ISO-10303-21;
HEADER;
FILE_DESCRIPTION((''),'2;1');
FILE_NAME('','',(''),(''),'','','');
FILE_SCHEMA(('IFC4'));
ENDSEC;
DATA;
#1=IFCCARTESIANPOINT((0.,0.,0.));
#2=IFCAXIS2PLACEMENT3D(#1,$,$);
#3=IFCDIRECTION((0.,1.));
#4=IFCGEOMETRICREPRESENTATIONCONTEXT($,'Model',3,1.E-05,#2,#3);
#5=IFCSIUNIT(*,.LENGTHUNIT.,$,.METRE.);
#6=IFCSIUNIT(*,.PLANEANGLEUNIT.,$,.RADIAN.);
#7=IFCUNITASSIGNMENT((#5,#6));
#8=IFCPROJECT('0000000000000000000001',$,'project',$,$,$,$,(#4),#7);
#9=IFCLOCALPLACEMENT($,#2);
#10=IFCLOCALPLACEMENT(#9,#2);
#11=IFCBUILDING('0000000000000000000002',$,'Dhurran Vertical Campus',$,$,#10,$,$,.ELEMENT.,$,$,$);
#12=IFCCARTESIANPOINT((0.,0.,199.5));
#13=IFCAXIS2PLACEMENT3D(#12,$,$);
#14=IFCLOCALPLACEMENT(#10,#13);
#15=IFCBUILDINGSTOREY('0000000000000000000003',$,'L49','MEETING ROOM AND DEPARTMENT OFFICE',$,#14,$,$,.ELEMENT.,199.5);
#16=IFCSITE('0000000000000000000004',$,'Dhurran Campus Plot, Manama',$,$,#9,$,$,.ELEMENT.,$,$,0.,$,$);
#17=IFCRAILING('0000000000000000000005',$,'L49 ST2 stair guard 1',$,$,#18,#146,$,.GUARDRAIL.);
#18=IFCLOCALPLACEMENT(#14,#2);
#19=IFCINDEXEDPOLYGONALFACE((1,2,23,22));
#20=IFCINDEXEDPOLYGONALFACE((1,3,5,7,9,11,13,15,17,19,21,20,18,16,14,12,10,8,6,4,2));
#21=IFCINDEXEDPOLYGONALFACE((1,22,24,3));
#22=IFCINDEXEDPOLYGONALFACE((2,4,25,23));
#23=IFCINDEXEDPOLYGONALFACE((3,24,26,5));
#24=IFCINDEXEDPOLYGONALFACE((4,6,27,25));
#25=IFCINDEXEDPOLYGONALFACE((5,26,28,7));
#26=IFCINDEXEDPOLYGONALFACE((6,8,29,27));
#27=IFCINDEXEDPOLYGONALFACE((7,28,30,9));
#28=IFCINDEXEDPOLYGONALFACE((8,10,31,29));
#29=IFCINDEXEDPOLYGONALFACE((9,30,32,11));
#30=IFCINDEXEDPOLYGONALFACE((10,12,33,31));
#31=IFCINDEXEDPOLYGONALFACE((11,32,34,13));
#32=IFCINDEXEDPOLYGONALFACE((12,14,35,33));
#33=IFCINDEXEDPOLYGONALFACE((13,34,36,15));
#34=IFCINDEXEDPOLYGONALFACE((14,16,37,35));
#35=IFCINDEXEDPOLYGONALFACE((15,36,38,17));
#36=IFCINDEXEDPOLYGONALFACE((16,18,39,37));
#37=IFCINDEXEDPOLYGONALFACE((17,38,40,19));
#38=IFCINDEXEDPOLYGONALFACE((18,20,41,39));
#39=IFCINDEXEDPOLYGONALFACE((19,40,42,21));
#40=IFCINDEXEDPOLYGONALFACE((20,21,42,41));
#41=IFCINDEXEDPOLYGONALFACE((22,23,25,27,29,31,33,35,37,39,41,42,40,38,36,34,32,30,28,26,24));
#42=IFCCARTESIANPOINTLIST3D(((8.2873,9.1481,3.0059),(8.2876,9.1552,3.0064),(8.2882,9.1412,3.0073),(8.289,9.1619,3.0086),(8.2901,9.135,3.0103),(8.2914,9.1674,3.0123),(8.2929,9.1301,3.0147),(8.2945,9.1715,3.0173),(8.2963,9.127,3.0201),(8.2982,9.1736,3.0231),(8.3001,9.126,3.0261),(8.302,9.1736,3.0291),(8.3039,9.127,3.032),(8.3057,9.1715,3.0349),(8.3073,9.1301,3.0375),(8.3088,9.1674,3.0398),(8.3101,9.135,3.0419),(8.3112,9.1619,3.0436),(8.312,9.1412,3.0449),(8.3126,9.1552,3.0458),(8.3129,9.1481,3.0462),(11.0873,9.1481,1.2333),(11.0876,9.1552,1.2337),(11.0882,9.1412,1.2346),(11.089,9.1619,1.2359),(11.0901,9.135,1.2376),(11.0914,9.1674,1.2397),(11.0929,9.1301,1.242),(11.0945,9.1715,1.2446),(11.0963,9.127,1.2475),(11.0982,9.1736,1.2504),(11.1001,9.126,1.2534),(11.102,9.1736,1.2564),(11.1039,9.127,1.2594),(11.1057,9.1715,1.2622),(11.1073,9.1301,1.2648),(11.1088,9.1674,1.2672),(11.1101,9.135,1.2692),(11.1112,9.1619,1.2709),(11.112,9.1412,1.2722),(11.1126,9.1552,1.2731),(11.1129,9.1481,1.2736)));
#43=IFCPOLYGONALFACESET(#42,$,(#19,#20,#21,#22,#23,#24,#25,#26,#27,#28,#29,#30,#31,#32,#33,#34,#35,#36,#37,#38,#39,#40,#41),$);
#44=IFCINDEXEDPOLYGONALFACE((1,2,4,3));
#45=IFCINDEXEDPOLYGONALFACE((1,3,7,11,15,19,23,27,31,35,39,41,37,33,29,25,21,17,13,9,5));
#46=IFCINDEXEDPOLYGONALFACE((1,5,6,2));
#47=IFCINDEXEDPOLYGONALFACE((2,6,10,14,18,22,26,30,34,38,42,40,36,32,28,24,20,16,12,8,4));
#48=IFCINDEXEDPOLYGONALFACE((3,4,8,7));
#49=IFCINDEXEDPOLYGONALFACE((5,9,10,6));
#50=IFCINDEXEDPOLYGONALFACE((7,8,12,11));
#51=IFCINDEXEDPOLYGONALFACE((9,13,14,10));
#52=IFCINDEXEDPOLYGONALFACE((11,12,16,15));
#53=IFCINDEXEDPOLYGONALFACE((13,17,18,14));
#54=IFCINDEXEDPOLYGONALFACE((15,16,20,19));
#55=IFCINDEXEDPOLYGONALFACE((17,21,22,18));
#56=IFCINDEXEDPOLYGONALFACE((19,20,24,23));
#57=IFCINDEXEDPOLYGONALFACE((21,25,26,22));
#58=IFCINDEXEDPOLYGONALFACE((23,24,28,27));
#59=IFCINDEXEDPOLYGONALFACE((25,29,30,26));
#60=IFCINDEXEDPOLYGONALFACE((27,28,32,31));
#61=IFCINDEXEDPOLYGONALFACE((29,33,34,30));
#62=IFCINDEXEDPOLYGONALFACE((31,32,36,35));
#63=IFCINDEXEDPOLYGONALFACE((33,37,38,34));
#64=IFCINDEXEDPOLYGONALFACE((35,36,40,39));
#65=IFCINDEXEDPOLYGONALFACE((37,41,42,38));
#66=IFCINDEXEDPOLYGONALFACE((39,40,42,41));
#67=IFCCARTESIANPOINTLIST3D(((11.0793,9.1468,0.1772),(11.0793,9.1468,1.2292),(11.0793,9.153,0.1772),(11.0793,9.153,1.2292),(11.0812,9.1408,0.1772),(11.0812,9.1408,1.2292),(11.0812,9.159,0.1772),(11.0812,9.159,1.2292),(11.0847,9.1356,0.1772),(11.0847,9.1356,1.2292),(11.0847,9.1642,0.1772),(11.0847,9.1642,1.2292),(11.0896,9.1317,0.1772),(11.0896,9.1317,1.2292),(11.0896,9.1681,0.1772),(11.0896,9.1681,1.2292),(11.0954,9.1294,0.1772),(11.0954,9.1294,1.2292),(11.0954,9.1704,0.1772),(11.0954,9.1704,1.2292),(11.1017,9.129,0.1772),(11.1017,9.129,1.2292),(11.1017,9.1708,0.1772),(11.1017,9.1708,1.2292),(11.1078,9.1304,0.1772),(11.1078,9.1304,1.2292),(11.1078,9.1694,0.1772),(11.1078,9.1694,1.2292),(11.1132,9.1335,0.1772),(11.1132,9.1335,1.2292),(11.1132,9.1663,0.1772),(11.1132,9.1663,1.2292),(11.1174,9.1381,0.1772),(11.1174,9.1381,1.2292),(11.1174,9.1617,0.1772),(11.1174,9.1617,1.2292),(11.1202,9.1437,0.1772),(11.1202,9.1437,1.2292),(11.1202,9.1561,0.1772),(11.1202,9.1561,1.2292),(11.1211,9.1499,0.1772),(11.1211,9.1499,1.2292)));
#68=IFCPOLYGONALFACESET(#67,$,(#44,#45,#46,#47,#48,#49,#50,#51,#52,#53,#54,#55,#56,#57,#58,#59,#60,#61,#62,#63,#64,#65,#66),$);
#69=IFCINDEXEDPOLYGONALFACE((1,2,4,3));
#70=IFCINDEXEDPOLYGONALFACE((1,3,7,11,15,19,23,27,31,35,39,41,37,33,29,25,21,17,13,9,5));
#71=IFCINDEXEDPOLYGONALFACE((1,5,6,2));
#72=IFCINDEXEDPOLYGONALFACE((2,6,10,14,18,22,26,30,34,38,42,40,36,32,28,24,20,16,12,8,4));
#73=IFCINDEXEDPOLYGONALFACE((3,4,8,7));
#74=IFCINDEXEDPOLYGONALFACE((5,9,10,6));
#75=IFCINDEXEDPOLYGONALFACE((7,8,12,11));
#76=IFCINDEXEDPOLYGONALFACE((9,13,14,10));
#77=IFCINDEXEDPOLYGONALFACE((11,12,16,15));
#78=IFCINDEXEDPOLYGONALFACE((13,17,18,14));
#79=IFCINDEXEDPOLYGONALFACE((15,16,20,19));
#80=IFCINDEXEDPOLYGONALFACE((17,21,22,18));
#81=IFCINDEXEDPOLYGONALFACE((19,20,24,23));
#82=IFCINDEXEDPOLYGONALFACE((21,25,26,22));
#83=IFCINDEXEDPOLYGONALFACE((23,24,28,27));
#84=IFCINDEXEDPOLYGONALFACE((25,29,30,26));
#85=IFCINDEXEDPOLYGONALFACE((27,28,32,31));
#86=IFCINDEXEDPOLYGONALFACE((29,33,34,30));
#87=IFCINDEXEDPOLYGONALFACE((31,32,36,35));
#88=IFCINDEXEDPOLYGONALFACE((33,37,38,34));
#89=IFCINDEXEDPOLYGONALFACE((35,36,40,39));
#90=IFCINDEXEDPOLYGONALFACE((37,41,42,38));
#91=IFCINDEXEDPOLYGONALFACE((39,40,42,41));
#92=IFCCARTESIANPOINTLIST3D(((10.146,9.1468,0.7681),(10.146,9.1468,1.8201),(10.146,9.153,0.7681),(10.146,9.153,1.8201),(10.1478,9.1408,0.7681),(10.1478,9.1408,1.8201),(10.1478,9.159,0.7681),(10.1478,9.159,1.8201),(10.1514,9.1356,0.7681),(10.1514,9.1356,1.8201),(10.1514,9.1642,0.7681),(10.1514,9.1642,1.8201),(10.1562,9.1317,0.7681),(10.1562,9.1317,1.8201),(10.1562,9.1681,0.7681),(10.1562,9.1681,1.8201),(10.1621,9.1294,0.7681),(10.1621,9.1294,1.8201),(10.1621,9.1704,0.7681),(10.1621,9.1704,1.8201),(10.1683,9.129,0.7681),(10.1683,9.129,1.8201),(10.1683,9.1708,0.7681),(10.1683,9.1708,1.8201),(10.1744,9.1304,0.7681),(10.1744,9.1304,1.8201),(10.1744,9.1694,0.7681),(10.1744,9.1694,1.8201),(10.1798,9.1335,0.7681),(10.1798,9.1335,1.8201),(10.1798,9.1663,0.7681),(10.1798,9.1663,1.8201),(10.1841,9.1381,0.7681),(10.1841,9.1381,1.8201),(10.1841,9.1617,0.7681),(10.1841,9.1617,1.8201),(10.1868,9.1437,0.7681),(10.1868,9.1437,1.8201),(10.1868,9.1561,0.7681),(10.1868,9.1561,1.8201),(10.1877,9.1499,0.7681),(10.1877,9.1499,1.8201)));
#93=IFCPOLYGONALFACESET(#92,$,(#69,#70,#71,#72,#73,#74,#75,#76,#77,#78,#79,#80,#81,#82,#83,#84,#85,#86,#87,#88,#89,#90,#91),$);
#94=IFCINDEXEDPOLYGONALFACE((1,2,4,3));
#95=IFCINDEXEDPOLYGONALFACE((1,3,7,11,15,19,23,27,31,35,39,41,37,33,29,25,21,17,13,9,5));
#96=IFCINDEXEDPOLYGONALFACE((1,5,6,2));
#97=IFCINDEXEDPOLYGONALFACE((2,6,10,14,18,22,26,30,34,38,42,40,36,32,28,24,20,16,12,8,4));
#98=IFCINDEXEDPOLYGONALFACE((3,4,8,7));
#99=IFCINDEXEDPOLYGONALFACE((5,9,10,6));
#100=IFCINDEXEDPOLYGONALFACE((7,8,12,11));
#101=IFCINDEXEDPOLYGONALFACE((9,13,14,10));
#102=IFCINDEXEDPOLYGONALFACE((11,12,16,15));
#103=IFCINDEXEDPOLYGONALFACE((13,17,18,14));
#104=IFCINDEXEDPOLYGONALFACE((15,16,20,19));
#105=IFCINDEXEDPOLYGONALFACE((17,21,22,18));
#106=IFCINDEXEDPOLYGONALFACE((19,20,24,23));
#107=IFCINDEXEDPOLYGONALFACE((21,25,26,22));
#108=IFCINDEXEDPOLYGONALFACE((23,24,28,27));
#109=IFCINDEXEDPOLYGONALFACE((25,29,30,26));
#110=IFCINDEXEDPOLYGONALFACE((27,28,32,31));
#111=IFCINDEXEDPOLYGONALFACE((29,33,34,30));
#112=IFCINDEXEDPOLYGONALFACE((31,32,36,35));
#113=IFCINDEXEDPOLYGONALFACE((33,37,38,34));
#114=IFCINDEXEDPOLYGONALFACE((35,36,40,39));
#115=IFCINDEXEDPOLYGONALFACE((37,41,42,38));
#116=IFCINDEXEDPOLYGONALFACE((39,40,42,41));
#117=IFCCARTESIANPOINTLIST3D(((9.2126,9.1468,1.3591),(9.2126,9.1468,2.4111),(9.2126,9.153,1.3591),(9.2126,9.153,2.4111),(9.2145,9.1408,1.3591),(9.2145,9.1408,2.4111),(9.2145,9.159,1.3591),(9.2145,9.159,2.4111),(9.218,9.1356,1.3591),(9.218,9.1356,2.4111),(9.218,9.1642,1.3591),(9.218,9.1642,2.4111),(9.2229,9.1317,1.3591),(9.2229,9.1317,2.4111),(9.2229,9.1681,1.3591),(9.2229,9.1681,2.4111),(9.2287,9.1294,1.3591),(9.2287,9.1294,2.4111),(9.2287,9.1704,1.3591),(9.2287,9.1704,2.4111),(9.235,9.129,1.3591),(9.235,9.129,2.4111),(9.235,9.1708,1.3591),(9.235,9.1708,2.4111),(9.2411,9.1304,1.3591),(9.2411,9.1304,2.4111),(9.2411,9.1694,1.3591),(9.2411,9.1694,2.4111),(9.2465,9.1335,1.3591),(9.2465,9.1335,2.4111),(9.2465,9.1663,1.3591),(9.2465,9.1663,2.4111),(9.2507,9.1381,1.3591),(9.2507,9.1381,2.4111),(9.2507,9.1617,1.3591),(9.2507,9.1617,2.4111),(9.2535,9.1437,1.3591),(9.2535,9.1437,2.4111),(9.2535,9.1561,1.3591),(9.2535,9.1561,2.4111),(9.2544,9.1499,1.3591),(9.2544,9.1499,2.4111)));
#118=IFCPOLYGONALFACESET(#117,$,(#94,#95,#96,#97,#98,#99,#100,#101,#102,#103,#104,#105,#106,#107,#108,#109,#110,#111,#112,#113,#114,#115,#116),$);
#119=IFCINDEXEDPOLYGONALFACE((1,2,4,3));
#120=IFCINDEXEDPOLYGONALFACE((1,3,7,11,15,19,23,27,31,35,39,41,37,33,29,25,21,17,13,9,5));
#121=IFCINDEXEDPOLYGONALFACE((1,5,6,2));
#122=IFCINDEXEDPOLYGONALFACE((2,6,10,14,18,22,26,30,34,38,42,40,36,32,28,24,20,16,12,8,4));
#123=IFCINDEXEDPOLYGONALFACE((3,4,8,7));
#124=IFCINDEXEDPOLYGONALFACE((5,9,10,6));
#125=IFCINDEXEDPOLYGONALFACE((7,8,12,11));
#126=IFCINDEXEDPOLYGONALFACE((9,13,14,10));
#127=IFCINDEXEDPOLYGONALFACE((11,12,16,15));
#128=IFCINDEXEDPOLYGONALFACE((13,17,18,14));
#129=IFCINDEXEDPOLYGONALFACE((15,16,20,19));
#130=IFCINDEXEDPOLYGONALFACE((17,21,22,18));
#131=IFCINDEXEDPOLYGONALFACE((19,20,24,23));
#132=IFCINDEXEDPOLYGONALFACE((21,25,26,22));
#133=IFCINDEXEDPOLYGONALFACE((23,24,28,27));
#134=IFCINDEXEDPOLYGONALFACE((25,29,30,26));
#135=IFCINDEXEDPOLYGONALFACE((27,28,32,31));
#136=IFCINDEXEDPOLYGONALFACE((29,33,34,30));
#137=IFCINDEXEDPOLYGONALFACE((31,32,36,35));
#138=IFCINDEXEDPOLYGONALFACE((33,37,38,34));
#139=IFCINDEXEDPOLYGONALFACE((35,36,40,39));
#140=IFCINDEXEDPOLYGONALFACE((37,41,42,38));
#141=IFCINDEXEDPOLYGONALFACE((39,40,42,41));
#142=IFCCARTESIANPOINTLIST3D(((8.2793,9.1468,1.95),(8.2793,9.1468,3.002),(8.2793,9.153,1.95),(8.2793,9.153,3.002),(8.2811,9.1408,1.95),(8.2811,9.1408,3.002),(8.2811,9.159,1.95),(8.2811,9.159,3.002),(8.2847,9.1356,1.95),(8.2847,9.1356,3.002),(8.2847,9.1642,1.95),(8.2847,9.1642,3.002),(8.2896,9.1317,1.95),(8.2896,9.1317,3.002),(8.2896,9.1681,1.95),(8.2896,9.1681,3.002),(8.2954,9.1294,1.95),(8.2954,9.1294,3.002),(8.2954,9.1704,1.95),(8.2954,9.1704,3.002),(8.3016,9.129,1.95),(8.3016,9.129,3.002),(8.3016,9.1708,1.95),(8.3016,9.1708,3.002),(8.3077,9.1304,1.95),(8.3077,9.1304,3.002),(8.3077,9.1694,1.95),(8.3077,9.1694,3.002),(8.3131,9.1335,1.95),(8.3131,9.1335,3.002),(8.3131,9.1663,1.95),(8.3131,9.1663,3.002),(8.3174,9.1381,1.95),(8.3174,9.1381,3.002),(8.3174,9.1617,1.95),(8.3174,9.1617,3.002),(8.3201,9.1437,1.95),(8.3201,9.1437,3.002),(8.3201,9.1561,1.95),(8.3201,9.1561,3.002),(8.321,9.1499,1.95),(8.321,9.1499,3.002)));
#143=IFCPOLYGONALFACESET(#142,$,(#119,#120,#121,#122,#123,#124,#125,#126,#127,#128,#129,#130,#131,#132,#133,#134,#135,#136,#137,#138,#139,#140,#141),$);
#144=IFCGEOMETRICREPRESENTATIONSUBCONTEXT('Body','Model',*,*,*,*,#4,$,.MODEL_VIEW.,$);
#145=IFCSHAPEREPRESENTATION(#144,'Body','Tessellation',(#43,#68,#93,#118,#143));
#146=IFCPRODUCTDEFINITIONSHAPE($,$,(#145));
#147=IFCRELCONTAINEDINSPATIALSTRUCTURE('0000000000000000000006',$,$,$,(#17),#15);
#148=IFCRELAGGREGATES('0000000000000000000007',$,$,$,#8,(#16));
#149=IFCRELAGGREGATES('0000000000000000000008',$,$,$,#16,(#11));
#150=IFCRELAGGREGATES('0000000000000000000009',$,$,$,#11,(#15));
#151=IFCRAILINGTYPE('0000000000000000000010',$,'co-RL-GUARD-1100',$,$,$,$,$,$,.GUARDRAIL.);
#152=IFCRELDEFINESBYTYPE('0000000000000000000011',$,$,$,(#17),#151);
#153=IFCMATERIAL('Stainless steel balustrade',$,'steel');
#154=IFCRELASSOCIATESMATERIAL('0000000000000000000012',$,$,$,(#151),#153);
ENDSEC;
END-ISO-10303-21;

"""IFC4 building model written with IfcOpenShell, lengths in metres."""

from ifc_helpers import new_model, si_unit, direction, frame, origin, origin_2d, place, context, subcontext, project, spatial, circle, extrude, material, type_object, element, save


model = new_model("IFC4")

# Units and contexts
model_context = context("Model", 3, precision=1e-05, world=origin(), true_north=direction((0.0, 1.0)))
body_context = subcontext(model_context, "Body", "Model", "MODEL_VIEW")
ifc_project = project(units=[si_unit("LENGTHUNIT", "METRE"), si_unit("PLANEANGLEUNIT", "RADIAN")], contexts=[model_context])

# Site, building, storey
site_placement = place(None, origin())
site = spatial("IfcSite", under=ifc_project, at=site_placement, Name="Dhurran Campus Plot, Manama", CompositionType="ELEMENT", RefElevation=0.0)
building_placement = place(site_placement, origin())
building = spatial("IfcBuilding", under=site, at=building_placement, Name="Dhurran Vertical Campus", CompositionType="ELEMENT")
storey_placement = place(building_placement, frame((0.0, 0.0, 199.5)))
storey = spatial("IfcBuildingStorey", under=building, at=storey_placement, Name="L49", Description="MEETING ROOM AND DEPARTMENT OFFICE", CompositionType="ELEMENT", Elevation=199.5)

# Railing
ifc_material_1 = material(Name="Stainless steel balustrade", Category="steel")
railing_type_1 = type_object("IfcRailingType", Name="co-RL-GUARD-1100", PredefinedType="GUARDRAIL", material=ifc_material_1)
railing_1_placement = place(storey_placement, frame((11.1001, 9.1499, 0.1772)))
element("IfcRailing", 1, at=railing_1_placement, inside=storey, type_object=railing_type_1, Name="L49 ST2 stair guard 1", PredefinedType="GUARDRAIL", context=body_context, shape_type="SweptSolid", body=[
    extrude(circle(Radius=0.0239, at=origin_2d()), frame((0.0, 0.0, 1.0762), z_axis=(-0.844909, 0.0, 0.53491), x_axis=(0.0, -1.0, 0.0)), (0.0, 0.0, 1.0), 3.314),
    extrude(circle(Radius=0.021, at=origin_2d()), origin(), (0.0, 0.0, 1.0), 1.052),
    extrude(circle(Radius=0.021, at=origin_2d()), frame((-0.9333, 0.0, 0.5908)), (0.0, 0.0, 1.0), 1.052),
    extrude(circle(Radius=0.021, at=origin_2d()), frame((-1.8667, 0.0, 1.1819)), (0.0, 0.0, 1.0), 1.052),
    extrude(circle(Radius=0.021, at=origin_2d()), frame((-2.8, 0.0, 1.7727)), (0.0, 0.0, 1.0), 1.052),
])

save(model, "model.ifc")
